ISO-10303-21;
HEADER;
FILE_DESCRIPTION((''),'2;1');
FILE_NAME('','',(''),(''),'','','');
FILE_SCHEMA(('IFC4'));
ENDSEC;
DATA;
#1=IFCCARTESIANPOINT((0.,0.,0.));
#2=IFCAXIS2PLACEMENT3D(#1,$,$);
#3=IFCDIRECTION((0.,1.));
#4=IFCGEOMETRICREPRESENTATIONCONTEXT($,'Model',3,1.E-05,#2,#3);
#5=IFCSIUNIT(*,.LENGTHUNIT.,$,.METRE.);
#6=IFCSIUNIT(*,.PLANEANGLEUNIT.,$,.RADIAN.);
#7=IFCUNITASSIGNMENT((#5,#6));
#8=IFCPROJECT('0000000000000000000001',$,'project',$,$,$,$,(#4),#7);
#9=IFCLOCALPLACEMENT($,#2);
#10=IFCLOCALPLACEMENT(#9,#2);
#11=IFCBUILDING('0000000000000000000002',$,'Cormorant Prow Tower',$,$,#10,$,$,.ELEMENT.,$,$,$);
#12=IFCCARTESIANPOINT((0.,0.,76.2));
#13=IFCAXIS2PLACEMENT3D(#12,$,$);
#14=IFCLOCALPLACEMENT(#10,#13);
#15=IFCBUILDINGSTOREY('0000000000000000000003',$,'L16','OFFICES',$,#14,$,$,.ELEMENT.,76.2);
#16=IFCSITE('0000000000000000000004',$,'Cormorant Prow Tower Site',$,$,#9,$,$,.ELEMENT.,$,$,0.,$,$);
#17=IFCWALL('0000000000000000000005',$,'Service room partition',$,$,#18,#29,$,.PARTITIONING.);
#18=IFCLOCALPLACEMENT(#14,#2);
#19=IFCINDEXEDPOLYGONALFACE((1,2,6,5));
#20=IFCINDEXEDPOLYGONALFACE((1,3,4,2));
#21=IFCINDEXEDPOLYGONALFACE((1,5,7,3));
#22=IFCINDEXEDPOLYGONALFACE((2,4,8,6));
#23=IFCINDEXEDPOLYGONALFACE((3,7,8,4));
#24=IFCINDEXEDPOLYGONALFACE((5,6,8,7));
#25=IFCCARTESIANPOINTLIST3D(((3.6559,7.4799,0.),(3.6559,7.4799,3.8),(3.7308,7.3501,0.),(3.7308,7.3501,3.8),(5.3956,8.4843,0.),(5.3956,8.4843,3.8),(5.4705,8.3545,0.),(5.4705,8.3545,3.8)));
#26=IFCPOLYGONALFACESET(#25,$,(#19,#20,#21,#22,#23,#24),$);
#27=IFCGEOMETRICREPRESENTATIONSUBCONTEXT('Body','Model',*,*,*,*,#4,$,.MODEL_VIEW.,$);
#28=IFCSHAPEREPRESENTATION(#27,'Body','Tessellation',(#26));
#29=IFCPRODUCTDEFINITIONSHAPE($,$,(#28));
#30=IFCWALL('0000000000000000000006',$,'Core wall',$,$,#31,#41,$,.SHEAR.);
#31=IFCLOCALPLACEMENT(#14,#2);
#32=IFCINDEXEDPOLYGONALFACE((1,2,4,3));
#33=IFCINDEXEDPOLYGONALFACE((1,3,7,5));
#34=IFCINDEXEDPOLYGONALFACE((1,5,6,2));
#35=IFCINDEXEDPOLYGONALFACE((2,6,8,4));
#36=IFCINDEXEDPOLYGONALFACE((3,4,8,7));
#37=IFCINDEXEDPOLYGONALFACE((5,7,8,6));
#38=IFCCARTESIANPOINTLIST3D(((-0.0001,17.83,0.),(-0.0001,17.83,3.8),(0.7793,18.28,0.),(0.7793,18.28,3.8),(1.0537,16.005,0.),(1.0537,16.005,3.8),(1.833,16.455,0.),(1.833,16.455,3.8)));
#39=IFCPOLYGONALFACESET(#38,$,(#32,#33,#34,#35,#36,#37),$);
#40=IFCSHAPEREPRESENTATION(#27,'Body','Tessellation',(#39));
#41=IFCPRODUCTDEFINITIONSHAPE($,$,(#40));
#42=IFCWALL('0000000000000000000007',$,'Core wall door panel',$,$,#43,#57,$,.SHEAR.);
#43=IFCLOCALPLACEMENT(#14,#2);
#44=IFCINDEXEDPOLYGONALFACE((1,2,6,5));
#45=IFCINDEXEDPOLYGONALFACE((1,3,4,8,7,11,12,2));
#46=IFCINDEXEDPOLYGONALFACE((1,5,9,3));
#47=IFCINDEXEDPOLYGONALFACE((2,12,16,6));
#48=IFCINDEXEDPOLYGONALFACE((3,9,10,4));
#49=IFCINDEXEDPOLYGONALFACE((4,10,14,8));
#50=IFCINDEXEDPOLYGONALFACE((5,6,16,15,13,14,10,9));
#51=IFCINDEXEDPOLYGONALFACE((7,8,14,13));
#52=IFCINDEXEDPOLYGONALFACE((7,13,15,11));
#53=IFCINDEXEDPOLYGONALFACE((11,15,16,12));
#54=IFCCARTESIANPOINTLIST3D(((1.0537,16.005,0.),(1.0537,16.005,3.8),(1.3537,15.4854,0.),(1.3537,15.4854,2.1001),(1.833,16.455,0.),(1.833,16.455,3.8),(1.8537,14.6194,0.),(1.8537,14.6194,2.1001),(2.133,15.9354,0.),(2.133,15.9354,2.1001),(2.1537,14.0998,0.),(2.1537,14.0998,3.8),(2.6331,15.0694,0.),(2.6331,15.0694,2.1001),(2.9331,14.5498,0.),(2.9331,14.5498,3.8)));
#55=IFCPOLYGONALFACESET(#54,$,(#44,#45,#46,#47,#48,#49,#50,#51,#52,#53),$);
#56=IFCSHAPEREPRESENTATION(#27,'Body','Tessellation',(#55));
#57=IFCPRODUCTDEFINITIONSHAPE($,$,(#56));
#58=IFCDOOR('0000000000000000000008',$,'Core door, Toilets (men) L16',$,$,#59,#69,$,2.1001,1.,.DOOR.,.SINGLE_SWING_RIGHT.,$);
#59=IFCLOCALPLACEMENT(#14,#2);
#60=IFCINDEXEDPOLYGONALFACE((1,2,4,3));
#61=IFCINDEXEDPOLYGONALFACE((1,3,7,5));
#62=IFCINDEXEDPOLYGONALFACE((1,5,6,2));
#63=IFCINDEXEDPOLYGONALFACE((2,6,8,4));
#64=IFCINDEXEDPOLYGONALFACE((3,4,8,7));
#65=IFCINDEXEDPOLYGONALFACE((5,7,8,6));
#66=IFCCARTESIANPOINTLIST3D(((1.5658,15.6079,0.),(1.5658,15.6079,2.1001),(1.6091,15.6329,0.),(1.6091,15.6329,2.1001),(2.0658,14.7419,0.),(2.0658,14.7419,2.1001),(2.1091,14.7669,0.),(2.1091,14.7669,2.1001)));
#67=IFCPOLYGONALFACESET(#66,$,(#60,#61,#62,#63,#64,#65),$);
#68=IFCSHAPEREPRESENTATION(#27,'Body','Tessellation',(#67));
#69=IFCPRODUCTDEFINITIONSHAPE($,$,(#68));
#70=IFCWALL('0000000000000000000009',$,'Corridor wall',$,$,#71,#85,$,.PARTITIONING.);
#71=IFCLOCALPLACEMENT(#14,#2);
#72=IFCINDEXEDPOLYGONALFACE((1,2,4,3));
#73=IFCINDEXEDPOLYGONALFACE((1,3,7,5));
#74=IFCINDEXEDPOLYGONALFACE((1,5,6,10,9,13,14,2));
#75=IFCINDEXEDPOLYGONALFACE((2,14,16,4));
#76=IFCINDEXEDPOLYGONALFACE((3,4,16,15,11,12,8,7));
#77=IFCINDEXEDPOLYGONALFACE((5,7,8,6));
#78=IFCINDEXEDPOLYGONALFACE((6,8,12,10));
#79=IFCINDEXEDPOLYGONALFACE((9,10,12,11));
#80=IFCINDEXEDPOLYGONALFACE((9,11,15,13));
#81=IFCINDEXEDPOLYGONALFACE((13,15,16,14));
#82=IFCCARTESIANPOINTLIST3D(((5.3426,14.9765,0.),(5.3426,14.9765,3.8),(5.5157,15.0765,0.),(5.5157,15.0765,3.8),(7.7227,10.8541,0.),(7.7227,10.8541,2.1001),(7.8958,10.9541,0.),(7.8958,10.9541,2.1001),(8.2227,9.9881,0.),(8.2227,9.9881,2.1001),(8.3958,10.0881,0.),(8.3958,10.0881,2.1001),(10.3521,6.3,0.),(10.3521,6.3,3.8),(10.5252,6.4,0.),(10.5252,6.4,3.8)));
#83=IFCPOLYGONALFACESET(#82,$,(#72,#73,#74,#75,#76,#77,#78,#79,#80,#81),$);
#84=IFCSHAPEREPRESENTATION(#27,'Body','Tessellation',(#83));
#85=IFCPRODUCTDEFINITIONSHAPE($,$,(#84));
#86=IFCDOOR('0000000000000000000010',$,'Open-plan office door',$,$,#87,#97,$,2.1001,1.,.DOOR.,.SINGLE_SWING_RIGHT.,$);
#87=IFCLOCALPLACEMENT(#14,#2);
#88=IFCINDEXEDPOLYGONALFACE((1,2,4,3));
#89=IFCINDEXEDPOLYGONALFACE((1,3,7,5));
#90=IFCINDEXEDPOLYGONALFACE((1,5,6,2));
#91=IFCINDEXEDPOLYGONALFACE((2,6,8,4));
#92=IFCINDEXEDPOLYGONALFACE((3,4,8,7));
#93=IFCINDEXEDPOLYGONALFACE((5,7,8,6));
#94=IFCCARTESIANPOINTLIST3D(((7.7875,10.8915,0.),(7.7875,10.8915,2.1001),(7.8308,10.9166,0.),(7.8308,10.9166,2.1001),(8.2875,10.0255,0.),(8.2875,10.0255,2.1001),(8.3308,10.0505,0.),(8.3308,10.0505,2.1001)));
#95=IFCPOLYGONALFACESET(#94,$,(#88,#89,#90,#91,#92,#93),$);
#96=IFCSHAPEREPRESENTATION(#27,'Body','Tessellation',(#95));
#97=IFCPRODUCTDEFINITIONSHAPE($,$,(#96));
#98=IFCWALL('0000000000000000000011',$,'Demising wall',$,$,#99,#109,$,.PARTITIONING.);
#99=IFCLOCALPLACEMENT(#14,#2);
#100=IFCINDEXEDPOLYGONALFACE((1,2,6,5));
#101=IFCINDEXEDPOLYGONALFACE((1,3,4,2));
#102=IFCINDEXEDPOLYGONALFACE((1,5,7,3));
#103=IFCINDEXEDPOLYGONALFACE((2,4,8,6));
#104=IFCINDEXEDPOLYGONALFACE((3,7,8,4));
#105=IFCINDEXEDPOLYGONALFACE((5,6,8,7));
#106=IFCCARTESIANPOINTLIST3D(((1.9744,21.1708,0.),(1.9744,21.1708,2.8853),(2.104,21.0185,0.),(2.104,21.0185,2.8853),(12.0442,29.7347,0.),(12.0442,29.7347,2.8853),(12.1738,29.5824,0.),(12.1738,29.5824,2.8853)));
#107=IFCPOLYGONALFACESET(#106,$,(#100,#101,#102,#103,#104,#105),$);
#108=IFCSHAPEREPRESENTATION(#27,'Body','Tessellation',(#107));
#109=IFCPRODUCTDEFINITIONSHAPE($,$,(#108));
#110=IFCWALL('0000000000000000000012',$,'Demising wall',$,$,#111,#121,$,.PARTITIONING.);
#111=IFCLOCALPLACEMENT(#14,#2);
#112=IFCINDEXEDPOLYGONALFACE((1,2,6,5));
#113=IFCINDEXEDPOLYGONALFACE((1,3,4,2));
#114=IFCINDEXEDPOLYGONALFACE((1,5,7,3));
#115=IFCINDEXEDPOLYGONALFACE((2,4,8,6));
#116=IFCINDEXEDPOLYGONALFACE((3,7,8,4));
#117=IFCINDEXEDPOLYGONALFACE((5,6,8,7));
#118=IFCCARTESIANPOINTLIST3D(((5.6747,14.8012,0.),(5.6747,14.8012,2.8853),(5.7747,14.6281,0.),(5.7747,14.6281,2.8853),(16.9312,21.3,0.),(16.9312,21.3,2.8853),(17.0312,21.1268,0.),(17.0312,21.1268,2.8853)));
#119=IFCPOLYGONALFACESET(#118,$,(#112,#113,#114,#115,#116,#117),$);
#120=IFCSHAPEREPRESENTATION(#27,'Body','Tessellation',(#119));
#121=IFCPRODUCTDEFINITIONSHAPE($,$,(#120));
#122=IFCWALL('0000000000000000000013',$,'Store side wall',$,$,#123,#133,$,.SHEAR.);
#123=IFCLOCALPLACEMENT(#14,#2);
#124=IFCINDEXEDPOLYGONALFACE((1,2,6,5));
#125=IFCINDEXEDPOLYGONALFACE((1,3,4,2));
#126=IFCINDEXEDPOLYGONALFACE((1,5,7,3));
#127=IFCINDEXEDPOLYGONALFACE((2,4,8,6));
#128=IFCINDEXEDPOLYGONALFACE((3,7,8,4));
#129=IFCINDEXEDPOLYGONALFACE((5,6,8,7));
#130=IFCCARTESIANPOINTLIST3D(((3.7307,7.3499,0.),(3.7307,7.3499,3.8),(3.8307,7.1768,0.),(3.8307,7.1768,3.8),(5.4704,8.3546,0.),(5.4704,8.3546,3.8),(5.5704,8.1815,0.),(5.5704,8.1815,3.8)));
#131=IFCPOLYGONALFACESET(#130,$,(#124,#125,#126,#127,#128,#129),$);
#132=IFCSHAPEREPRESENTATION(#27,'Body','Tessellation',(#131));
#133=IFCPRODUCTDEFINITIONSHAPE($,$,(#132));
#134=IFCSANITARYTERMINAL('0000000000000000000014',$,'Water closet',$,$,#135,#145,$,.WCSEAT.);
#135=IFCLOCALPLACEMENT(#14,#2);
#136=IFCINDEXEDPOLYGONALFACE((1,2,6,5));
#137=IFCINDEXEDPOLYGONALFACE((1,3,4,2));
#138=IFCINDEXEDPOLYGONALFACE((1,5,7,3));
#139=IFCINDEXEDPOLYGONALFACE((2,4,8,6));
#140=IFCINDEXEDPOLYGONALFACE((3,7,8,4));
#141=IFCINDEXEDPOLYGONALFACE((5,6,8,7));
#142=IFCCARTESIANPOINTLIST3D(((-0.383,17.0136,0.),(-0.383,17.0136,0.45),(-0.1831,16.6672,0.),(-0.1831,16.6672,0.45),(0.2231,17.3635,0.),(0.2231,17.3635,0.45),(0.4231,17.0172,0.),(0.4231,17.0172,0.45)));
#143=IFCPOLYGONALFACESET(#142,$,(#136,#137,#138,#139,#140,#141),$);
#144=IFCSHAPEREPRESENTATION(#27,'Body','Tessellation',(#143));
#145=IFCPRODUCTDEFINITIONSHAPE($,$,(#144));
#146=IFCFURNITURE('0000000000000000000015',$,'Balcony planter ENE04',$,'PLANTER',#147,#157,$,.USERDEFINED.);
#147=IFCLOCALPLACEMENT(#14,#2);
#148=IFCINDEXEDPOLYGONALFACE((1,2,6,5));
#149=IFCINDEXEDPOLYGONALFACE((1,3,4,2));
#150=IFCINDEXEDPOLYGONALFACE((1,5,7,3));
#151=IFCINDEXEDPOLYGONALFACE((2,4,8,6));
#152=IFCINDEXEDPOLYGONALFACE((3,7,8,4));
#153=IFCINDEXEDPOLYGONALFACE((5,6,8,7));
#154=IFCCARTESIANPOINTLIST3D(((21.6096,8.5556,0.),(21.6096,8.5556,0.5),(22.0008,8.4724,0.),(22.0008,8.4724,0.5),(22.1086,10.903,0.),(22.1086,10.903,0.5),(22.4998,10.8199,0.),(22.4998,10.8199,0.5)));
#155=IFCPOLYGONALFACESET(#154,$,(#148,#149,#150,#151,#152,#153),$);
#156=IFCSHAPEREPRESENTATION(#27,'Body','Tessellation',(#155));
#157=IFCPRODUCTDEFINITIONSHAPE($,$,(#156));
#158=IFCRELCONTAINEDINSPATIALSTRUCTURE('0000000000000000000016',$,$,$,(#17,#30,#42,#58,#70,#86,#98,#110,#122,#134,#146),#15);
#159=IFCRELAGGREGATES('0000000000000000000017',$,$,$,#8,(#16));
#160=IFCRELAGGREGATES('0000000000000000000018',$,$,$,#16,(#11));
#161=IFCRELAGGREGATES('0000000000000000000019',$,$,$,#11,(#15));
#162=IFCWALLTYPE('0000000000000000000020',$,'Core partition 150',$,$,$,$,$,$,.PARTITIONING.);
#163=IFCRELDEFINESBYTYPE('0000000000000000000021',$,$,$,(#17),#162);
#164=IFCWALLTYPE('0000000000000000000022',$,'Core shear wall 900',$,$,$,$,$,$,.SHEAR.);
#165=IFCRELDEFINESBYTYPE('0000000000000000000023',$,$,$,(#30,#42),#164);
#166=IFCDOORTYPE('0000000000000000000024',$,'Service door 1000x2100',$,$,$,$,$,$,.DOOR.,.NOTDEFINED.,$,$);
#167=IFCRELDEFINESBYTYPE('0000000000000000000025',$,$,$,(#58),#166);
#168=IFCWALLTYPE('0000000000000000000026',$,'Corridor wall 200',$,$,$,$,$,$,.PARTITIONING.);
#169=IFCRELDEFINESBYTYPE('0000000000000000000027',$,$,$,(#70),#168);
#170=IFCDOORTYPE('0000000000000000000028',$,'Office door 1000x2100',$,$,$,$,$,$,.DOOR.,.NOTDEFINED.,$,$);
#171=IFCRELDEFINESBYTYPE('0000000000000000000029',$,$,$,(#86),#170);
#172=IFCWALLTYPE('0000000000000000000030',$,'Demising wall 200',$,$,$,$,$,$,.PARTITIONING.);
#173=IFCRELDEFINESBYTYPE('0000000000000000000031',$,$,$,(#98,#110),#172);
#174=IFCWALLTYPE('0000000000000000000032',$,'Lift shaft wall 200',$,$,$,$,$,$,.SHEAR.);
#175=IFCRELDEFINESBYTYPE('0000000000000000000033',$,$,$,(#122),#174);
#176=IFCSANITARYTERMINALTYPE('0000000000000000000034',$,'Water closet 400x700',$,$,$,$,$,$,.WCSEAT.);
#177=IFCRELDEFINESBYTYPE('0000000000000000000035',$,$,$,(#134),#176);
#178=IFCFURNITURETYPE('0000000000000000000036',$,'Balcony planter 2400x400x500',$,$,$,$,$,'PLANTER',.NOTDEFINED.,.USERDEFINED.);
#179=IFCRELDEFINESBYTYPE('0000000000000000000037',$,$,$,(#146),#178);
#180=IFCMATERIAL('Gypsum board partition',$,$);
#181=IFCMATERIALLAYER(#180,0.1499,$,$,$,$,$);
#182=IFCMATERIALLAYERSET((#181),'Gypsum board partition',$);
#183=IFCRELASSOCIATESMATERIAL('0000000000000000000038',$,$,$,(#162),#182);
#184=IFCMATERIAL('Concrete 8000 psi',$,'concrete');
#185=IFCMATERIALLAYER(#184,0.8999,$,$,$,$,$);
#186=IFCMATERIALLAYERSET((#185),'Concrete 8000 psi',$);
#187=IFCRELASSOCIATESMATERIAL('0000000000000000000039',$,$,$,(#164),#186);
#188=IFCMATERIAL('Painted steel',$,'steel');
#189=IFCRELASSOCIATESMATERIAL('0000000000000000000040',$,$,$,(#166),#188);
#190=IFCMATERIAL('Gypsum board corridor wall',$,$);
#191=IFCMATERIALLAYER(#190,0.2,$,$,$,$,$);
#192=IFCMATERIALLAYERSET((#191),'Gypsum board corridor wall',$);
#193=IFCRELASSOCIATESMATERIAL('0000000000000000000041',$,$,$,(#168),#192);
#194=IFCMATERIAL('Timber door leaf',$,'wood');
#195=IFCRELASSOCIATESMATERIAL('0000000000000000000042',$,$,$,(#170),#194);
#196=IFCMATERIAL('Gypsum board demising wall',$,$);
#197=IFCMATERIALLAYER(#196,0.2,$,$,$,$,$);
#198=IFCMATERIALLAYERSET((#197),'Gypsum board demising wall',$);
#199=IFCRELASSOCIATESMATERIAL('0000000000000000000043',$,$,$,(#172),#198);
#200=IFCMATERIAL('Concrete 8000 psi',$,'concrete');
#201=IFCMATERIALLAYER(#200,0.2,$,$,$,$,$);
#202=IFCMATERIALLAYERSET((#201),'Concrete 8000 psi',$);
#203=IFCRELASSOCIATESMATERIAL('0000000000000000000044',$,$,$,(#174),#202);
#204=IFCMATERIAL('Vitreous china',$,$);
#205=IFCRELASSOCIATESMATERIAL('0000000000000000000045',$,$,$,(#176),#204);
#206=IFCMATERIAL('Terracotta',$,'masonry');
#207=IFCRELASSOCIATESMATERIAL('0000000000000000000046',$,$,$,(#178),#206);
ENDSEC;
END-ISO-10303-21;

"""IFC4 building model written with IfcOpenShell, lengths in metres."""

from ifc_helpers import new_model, si_unit, direction, frame, frame_2d, origin, origin_2d, place, context, subcontext, project, spatial, rectangle, extrude, material, layer, layer_set, type_object, element, fill, save


model = new_model("IFC4")

# Units and contexts
model_context = context("Model", 3, precision=1e-05, world=origin(), true_north=direction((0.0, 1.0)))
body_context = subcontext(model_context, "Body", "Model", "MODEL_VIEW")
ifc_project = project(units=[si_unit("LENGTHUNIT", "METRE"), si_unit("PLANEANGLEUNIT", "RADIAN")], contexts=[model_context])

# Site, building, storey
site_placement = place(None, origin())
site = spatial("IfcSite", under=ifc_project, at=site_placement, Name="Cormorant Prow Tower Site", CompositionType="ELEMENT", RefElevation=0.0)
building_placement = place(site_placement, origin())
building = spatial("IfcBuilding", under=site, at=building_placement, Name="Cormorant Prow Tower", CompositionType="ELEMENT")
storey_placement = place(building_placement, frame((0.0, 0.0, 76.2)))
storey = spatial("IfcBuildingStorey", under=building, at=storey_placement, Name="L16", Description="OFFICES", CompositionType="ELEMENT", Elevation=76.2)

# Walls
ifc_material_1 = material(Name="Gypsum board partition")
ifc_layer_1 = layer(ifc_material_1, 0.1499)
ifc_layer_set_1 = layer_set([ifc_layer_1], Name="Gypsum board partition")
wall_type_1 = type_object("IfcWallType", Name="Core partition 150", PredefinedType="PARTITIONING", material=ifc_layer_set_1)
wall_1_placement = place(storey_placement, frame((3.6934, 7.415, 0.0), z_axis=(0.0, 0.0, 1.0), x_axis=(0.866036, 0.499982, 0.0)))
element("IfcWall", 1, at=wall_1_placement, inside=storey, type_object=wall_type_1, Name="Service room partition", PredefinedType="PARTITIONING", context=body_context, shape_type="SweptSolid", body=[
    extrude(rectangle(XDim=2.0088, YDim=0.1499, at=frame_2d((1.0044, 0.0))), origin(), (0.0, 0.0, 1.0), 3.8),
])
ifc_material_2 = material(Name="Concrete 8000 psi", Category="concrete")
ifc_layer_2 = layer(ifc_material_2, 0.8999)
ifc_layer_set_2 = layer_set([ifc_layer_2], Name="Concrete 8000 psi")
wall_type_2 = type_object("IfcWallType", Name="Core shear wall 900", PredefinedType="SHEAR", material=ifc_layer_set_2)
wall_2_placement = place(storey_placement, frame((1.4434, 16.23, 0.0), z_axis=(0.0, 0.0, 1.0), x_axis=(-0.500027, 0.86601, 0.0)))
element("IfcWall", 2, at=wall_2_placement, inside=storey, type_object=wall_type_2, Name="Core wall", PredefinedType="SHEAR", context=body_context, shape_type="SweptSolid", body=[
    extrude(rectangle(XDim=2.1074, YDim=0.8999, at=frame_2d((1.0537, 0.0))), origin(), (0.0, 0.0, 1.0), 3.8),
])

# Walls, openings, doors
wall_3_placement = place(storey_placement, frame((2.5435, 14.3247, 0.0), z_axis=(0.0, 0.0, 1.0), x_axis=(-0.50003, 0.866008, 0.0)))
wall_3 = element("IfcWall", 3, at=wall_3_placement, inside=storey, type_object=wall_type_2, Name="Core wall door panel", PredefinedType="SHEAR", context=body_context, shape_type="SweptSolid", body=[
    extrude(rectangle(XDim=2.2, YDim=0.8999, at=frame_2d((1.1001, 0.0))), origin(), (0.0, 0.0, 1.0), 3.8),
])
opening_1_placement = place(wall_3_placement, frame((0.6001, 0.0, 0.0)))
opening_1 = element("IfcOpeningElement", 4, at=opening_1_placement, cuts=wall_3, PredefinedType="OPENING", context=body_context, shape_type="SweptSolid", body=[
    extrude(rectangle(XDim=1.0, YDim=2.1001, at=frame_2d((0.5, 1.05))), frame((0.0, 0.46, 0.0), z_axis=(0.0, -1.0, 0.0), x_axis=(1.0, 0.0, 0.0)), (0.0, 0.0, 1.0), 0.9199),
])
ifc_material_3 = material(Name="Painted steel", Category="steel")
door_type_1 = type_object("IfcDoorType", Name="Service door 1000x2100", OperationType="NOTDEFINED", PredefinedType="DOOR", material=ifc_material_3)
door_1_placement = place(opening_1_placement, origin())
door_1 = element("IfcDoor", 5, at=door_1_placement, inside=storey, type_object=door_type_1, Name="Core door, Toilets (men) L16", OperationType="SINGLE_SWING_RIGHT", OverallHeight=2.1001, OverallWidth=1.0, PredefinedType="DOOR", context=body_context, shape_type="SweptSolid", body=[
    extrude(rectangle(XDim=1.0, YDim=2.1001, at=frame_2d((0.5, 1.05))), frame((0.0, 0.2051, 0.0), z_axis=(0.0, -1.0, 0.0), x_axis=(1.0, 0.0, 0.0)), (0.0, 0.0, 1.0), 0.05),
])
fill(opening_1, door_1)
ifc_material_4 = material(Name="Gypsum board corridor wall")
ifc_layer_3 = layer(ifc_material_4, 0.2)
ifc_layer_set_3 = layer_set([ifc_layer_3], Name="Gypsum board corridor wall")
wall_type_3 = type_object("IfcWallType", Name="Corridor wall 200", PredefinedType="PARTITIONING", material=ifc_layer_set_3)
wall_4_placement = place(storey_placement, frame((5.4292, 15.0264, 0.0), z_axis=(0.0, 0.0, 1.0), x_axis=(0.50001, -0.86602, 0.0)))
wall_4 = element("IfcWall", 6, at=wall_4_placement, inside=storey, type_object=wall_type_3, Name="Corridor wall", PredefinedType="PARTITIONING", context=body_context, shape_type="SweptSolid", body=[
    extrude(rectangle(XDim=10.0188, YDim=0.2, at=frame_2d((5.0093, 0.0))), origin(), (0.0, 0.0, 1.0), 3.8),
])
opening_2_placement = place(wall_4_placement, frame((4.76, 0.0, 0.0)))
opening_2 = element("IfcOpeningElement", 7, at=opening_2_placement, cuts=wall_4, PredefinedType="OPENING", context=body_context, shape_type="SweptSolid", body=[
    extrude(rectangle(XDim=1.0, YDim=2.1001, at=frame_2d((0.5, 1.05))), frame((0.0, 0.1099, 0.0), z_axis=(0.0, -1.0, 0.0), x_axis=(1.0, 0.0, 0.0)), (0.0, 0.0, 1.0), 0.22),
])
ifc_material_5 = material(Name="Timber door leaf", Category="wood")
door_type_2 = type_object("IfcDoorType", Name="Office door 1000x2100", OperationType="NOTDEFINED", PredefinedType="DOOR", material=ifc_material_5)
door_2_placement = place(opening_2_placement, origin())
door_2 = element("IfcDoor", 8, at=door_2_placement, inside=storey, type_object=door_type_2, Name="Open-plan office door", OperationType="SINGLE_SWING_RIGHT", OverallHeight=2.1001, OverallWidth=1.0, PredefinedType="DOOR", context=body_context, shape_type="SweptSolid", body=[
    extrude(rectangle(XDim=1.0, YDim=2.1001, at=frame_2d((0.5, 1.05))), frame((0.0, 0.0249, 0.0), z_axis=(0.0, -1.0, 0.0), x_axis=(1.0, 0.0, 0.0)), (0.0, 0.0, 1.0), 0.05),
])
fill(opening_2, door_2)

# Walls
ifc_material_6 = material(Name="Gypsum board demising wall")
ifc_layer_4 = layer(ifc_material_6, 0.2)
ifc_layer_set_4 = layer_set([ifc_layer_4], Name="Gypsum board demising wall")
wall_type_4 = type_object("IfcWallType", Name="Demising wall 200", PredefinedType="PARTITIONING", material=ifc_layer_set_4)
wall_5_placement = place(storey_placement, frame((2.0393, 21.0947, 0.0), z_axis=(0.0, 0.0, 1.0), x_axis=(0.761767, 0.647851, 0.0)))
element("IfcWall", 9, at=wall_5_placement, inside=storey, type_object=wall_type_4, Name="Demising wall", PredefinedType="PARTITIONING", context=body_context, shape_type="SweptSolid", body=[
    extrude(rectangle(XDim=13.219, YDim=0.2, at=frame_2d((6.6094, 0.0))), origin(), (0.0, 0.0, 1.0), 2.8853),
])
wall_6_placement = place(storey_placement, frame((5.7246, 14.7146, 0.0), z_axis=(0.0, 0.0, 1.0), x_axis=(0.866033, 0.499987, 0.0)))
element("IfcWall", 10, at=wall_6_placement, inside=storey, type_object=wall_type_4, Name="Demising wall", PredefinedType="PARTITIONING", context=body_context, shape_type="SweptSolid", body=[
    extrude(rectangle(XDim=12.9978, YDim=0.2, at=frame_2d((6.499, 0.0))), origin(), (0.0, 0.0, 1.0), 2.8853),
])
ifc_material_7 = material(Name="Concrete 8000 psi", Category="concrete")
ifc_layer_5 = layer(ifc_material_7, 0.2)
ifc_layer_set_5 = layer_set([ifc_layer_5], Name="Concrete 8000 psi")
wall_type_5 = type_object("IfcWallType", Name="Lift shaft wall 200", PredefinedType="SHEAR", material=ifc_layer_set_5)
wall_7_placement = place(storey_placement, frame((3.7808, 7.2634, 0.0), z_axis=(0.0, 0.0, 1.0), x_axis=(0.865983, 0.500073, 0.0)))
element("IfcWall", 11, at=wall_7_placement, inside=storey, type_object=wall_type_5, Name="Store side wall", PredefinedType="SHEAR", context=body_context, shape_type="SweptSolid", body=[
    extrude(rectangle(XDim=2.009, YDim=0.2, at=frame_2d((1.0044, 0.0))), origin(), (0.0, 0.0, 1.0), 3.8),
])

# Sanitary terminal
ifc_material_8 = material(Name="Vitreous china")
sanitary_terminal_type = type_object("IfcSanitaryTerminalType", Name="Water closet 400x700", PredefinedType="WCSEAT", material=ifc_material_8)
sanitary_terminal_placement = place(storey_placement, frame((0.02, 17.0154, 0.0), z_axis=(0.0, 0.0, 1.0), x_axis=(-0.5, 0.866025, 0.0)))
element("IfcSanitaryTerminal", 12, at=sanitary_terminal_placement, inside=storey, type_object=sanitary_terminal_type, Name="Water closet", PredefinedType="WCSEAT", context=body_context, shape_type="SweptSolid", body=[
    extrude(rectangle(XDim=0.3999, YDim=0.7, at=origin_2d()), origin(), (0.0, 0.0, 1.0), 0.45),
])

# Furniture
ifc_material_9 = material(Name="Terracotta", Category="masonry")
furniture_type = type_object("IfcFurnitureType", Name="Balcony planter 2400x400x500", ElementType="PLANTER", AssemblyPlace="NOTDEFINED", PredefinedType="USERDEFINED", material=ifc_material_9)
furniture_placement = place(storey_placement, frame((22.0547, 9.6877, 0.0), z_axis=(0.0, 0.0, 1.0), x_axis=(0.207912, 0.978148, 0.0)))
element("IfcFurniture", 13, at=furniture_placement, inside=storey, type_object=furniture_type, Name="Balcony planter ENE04", ObjectType="PLANTER", PredefinedType="USERDEFINED", context=body_context, shape_type="SweptSolid", body=[
    extrude(rectangle(XDim=2.3999, YDim=0.3999, at=origin_2d()), origin(), (0.0, 0.0, 1.0), 0.5),
])

save(model, "model.ifc")
